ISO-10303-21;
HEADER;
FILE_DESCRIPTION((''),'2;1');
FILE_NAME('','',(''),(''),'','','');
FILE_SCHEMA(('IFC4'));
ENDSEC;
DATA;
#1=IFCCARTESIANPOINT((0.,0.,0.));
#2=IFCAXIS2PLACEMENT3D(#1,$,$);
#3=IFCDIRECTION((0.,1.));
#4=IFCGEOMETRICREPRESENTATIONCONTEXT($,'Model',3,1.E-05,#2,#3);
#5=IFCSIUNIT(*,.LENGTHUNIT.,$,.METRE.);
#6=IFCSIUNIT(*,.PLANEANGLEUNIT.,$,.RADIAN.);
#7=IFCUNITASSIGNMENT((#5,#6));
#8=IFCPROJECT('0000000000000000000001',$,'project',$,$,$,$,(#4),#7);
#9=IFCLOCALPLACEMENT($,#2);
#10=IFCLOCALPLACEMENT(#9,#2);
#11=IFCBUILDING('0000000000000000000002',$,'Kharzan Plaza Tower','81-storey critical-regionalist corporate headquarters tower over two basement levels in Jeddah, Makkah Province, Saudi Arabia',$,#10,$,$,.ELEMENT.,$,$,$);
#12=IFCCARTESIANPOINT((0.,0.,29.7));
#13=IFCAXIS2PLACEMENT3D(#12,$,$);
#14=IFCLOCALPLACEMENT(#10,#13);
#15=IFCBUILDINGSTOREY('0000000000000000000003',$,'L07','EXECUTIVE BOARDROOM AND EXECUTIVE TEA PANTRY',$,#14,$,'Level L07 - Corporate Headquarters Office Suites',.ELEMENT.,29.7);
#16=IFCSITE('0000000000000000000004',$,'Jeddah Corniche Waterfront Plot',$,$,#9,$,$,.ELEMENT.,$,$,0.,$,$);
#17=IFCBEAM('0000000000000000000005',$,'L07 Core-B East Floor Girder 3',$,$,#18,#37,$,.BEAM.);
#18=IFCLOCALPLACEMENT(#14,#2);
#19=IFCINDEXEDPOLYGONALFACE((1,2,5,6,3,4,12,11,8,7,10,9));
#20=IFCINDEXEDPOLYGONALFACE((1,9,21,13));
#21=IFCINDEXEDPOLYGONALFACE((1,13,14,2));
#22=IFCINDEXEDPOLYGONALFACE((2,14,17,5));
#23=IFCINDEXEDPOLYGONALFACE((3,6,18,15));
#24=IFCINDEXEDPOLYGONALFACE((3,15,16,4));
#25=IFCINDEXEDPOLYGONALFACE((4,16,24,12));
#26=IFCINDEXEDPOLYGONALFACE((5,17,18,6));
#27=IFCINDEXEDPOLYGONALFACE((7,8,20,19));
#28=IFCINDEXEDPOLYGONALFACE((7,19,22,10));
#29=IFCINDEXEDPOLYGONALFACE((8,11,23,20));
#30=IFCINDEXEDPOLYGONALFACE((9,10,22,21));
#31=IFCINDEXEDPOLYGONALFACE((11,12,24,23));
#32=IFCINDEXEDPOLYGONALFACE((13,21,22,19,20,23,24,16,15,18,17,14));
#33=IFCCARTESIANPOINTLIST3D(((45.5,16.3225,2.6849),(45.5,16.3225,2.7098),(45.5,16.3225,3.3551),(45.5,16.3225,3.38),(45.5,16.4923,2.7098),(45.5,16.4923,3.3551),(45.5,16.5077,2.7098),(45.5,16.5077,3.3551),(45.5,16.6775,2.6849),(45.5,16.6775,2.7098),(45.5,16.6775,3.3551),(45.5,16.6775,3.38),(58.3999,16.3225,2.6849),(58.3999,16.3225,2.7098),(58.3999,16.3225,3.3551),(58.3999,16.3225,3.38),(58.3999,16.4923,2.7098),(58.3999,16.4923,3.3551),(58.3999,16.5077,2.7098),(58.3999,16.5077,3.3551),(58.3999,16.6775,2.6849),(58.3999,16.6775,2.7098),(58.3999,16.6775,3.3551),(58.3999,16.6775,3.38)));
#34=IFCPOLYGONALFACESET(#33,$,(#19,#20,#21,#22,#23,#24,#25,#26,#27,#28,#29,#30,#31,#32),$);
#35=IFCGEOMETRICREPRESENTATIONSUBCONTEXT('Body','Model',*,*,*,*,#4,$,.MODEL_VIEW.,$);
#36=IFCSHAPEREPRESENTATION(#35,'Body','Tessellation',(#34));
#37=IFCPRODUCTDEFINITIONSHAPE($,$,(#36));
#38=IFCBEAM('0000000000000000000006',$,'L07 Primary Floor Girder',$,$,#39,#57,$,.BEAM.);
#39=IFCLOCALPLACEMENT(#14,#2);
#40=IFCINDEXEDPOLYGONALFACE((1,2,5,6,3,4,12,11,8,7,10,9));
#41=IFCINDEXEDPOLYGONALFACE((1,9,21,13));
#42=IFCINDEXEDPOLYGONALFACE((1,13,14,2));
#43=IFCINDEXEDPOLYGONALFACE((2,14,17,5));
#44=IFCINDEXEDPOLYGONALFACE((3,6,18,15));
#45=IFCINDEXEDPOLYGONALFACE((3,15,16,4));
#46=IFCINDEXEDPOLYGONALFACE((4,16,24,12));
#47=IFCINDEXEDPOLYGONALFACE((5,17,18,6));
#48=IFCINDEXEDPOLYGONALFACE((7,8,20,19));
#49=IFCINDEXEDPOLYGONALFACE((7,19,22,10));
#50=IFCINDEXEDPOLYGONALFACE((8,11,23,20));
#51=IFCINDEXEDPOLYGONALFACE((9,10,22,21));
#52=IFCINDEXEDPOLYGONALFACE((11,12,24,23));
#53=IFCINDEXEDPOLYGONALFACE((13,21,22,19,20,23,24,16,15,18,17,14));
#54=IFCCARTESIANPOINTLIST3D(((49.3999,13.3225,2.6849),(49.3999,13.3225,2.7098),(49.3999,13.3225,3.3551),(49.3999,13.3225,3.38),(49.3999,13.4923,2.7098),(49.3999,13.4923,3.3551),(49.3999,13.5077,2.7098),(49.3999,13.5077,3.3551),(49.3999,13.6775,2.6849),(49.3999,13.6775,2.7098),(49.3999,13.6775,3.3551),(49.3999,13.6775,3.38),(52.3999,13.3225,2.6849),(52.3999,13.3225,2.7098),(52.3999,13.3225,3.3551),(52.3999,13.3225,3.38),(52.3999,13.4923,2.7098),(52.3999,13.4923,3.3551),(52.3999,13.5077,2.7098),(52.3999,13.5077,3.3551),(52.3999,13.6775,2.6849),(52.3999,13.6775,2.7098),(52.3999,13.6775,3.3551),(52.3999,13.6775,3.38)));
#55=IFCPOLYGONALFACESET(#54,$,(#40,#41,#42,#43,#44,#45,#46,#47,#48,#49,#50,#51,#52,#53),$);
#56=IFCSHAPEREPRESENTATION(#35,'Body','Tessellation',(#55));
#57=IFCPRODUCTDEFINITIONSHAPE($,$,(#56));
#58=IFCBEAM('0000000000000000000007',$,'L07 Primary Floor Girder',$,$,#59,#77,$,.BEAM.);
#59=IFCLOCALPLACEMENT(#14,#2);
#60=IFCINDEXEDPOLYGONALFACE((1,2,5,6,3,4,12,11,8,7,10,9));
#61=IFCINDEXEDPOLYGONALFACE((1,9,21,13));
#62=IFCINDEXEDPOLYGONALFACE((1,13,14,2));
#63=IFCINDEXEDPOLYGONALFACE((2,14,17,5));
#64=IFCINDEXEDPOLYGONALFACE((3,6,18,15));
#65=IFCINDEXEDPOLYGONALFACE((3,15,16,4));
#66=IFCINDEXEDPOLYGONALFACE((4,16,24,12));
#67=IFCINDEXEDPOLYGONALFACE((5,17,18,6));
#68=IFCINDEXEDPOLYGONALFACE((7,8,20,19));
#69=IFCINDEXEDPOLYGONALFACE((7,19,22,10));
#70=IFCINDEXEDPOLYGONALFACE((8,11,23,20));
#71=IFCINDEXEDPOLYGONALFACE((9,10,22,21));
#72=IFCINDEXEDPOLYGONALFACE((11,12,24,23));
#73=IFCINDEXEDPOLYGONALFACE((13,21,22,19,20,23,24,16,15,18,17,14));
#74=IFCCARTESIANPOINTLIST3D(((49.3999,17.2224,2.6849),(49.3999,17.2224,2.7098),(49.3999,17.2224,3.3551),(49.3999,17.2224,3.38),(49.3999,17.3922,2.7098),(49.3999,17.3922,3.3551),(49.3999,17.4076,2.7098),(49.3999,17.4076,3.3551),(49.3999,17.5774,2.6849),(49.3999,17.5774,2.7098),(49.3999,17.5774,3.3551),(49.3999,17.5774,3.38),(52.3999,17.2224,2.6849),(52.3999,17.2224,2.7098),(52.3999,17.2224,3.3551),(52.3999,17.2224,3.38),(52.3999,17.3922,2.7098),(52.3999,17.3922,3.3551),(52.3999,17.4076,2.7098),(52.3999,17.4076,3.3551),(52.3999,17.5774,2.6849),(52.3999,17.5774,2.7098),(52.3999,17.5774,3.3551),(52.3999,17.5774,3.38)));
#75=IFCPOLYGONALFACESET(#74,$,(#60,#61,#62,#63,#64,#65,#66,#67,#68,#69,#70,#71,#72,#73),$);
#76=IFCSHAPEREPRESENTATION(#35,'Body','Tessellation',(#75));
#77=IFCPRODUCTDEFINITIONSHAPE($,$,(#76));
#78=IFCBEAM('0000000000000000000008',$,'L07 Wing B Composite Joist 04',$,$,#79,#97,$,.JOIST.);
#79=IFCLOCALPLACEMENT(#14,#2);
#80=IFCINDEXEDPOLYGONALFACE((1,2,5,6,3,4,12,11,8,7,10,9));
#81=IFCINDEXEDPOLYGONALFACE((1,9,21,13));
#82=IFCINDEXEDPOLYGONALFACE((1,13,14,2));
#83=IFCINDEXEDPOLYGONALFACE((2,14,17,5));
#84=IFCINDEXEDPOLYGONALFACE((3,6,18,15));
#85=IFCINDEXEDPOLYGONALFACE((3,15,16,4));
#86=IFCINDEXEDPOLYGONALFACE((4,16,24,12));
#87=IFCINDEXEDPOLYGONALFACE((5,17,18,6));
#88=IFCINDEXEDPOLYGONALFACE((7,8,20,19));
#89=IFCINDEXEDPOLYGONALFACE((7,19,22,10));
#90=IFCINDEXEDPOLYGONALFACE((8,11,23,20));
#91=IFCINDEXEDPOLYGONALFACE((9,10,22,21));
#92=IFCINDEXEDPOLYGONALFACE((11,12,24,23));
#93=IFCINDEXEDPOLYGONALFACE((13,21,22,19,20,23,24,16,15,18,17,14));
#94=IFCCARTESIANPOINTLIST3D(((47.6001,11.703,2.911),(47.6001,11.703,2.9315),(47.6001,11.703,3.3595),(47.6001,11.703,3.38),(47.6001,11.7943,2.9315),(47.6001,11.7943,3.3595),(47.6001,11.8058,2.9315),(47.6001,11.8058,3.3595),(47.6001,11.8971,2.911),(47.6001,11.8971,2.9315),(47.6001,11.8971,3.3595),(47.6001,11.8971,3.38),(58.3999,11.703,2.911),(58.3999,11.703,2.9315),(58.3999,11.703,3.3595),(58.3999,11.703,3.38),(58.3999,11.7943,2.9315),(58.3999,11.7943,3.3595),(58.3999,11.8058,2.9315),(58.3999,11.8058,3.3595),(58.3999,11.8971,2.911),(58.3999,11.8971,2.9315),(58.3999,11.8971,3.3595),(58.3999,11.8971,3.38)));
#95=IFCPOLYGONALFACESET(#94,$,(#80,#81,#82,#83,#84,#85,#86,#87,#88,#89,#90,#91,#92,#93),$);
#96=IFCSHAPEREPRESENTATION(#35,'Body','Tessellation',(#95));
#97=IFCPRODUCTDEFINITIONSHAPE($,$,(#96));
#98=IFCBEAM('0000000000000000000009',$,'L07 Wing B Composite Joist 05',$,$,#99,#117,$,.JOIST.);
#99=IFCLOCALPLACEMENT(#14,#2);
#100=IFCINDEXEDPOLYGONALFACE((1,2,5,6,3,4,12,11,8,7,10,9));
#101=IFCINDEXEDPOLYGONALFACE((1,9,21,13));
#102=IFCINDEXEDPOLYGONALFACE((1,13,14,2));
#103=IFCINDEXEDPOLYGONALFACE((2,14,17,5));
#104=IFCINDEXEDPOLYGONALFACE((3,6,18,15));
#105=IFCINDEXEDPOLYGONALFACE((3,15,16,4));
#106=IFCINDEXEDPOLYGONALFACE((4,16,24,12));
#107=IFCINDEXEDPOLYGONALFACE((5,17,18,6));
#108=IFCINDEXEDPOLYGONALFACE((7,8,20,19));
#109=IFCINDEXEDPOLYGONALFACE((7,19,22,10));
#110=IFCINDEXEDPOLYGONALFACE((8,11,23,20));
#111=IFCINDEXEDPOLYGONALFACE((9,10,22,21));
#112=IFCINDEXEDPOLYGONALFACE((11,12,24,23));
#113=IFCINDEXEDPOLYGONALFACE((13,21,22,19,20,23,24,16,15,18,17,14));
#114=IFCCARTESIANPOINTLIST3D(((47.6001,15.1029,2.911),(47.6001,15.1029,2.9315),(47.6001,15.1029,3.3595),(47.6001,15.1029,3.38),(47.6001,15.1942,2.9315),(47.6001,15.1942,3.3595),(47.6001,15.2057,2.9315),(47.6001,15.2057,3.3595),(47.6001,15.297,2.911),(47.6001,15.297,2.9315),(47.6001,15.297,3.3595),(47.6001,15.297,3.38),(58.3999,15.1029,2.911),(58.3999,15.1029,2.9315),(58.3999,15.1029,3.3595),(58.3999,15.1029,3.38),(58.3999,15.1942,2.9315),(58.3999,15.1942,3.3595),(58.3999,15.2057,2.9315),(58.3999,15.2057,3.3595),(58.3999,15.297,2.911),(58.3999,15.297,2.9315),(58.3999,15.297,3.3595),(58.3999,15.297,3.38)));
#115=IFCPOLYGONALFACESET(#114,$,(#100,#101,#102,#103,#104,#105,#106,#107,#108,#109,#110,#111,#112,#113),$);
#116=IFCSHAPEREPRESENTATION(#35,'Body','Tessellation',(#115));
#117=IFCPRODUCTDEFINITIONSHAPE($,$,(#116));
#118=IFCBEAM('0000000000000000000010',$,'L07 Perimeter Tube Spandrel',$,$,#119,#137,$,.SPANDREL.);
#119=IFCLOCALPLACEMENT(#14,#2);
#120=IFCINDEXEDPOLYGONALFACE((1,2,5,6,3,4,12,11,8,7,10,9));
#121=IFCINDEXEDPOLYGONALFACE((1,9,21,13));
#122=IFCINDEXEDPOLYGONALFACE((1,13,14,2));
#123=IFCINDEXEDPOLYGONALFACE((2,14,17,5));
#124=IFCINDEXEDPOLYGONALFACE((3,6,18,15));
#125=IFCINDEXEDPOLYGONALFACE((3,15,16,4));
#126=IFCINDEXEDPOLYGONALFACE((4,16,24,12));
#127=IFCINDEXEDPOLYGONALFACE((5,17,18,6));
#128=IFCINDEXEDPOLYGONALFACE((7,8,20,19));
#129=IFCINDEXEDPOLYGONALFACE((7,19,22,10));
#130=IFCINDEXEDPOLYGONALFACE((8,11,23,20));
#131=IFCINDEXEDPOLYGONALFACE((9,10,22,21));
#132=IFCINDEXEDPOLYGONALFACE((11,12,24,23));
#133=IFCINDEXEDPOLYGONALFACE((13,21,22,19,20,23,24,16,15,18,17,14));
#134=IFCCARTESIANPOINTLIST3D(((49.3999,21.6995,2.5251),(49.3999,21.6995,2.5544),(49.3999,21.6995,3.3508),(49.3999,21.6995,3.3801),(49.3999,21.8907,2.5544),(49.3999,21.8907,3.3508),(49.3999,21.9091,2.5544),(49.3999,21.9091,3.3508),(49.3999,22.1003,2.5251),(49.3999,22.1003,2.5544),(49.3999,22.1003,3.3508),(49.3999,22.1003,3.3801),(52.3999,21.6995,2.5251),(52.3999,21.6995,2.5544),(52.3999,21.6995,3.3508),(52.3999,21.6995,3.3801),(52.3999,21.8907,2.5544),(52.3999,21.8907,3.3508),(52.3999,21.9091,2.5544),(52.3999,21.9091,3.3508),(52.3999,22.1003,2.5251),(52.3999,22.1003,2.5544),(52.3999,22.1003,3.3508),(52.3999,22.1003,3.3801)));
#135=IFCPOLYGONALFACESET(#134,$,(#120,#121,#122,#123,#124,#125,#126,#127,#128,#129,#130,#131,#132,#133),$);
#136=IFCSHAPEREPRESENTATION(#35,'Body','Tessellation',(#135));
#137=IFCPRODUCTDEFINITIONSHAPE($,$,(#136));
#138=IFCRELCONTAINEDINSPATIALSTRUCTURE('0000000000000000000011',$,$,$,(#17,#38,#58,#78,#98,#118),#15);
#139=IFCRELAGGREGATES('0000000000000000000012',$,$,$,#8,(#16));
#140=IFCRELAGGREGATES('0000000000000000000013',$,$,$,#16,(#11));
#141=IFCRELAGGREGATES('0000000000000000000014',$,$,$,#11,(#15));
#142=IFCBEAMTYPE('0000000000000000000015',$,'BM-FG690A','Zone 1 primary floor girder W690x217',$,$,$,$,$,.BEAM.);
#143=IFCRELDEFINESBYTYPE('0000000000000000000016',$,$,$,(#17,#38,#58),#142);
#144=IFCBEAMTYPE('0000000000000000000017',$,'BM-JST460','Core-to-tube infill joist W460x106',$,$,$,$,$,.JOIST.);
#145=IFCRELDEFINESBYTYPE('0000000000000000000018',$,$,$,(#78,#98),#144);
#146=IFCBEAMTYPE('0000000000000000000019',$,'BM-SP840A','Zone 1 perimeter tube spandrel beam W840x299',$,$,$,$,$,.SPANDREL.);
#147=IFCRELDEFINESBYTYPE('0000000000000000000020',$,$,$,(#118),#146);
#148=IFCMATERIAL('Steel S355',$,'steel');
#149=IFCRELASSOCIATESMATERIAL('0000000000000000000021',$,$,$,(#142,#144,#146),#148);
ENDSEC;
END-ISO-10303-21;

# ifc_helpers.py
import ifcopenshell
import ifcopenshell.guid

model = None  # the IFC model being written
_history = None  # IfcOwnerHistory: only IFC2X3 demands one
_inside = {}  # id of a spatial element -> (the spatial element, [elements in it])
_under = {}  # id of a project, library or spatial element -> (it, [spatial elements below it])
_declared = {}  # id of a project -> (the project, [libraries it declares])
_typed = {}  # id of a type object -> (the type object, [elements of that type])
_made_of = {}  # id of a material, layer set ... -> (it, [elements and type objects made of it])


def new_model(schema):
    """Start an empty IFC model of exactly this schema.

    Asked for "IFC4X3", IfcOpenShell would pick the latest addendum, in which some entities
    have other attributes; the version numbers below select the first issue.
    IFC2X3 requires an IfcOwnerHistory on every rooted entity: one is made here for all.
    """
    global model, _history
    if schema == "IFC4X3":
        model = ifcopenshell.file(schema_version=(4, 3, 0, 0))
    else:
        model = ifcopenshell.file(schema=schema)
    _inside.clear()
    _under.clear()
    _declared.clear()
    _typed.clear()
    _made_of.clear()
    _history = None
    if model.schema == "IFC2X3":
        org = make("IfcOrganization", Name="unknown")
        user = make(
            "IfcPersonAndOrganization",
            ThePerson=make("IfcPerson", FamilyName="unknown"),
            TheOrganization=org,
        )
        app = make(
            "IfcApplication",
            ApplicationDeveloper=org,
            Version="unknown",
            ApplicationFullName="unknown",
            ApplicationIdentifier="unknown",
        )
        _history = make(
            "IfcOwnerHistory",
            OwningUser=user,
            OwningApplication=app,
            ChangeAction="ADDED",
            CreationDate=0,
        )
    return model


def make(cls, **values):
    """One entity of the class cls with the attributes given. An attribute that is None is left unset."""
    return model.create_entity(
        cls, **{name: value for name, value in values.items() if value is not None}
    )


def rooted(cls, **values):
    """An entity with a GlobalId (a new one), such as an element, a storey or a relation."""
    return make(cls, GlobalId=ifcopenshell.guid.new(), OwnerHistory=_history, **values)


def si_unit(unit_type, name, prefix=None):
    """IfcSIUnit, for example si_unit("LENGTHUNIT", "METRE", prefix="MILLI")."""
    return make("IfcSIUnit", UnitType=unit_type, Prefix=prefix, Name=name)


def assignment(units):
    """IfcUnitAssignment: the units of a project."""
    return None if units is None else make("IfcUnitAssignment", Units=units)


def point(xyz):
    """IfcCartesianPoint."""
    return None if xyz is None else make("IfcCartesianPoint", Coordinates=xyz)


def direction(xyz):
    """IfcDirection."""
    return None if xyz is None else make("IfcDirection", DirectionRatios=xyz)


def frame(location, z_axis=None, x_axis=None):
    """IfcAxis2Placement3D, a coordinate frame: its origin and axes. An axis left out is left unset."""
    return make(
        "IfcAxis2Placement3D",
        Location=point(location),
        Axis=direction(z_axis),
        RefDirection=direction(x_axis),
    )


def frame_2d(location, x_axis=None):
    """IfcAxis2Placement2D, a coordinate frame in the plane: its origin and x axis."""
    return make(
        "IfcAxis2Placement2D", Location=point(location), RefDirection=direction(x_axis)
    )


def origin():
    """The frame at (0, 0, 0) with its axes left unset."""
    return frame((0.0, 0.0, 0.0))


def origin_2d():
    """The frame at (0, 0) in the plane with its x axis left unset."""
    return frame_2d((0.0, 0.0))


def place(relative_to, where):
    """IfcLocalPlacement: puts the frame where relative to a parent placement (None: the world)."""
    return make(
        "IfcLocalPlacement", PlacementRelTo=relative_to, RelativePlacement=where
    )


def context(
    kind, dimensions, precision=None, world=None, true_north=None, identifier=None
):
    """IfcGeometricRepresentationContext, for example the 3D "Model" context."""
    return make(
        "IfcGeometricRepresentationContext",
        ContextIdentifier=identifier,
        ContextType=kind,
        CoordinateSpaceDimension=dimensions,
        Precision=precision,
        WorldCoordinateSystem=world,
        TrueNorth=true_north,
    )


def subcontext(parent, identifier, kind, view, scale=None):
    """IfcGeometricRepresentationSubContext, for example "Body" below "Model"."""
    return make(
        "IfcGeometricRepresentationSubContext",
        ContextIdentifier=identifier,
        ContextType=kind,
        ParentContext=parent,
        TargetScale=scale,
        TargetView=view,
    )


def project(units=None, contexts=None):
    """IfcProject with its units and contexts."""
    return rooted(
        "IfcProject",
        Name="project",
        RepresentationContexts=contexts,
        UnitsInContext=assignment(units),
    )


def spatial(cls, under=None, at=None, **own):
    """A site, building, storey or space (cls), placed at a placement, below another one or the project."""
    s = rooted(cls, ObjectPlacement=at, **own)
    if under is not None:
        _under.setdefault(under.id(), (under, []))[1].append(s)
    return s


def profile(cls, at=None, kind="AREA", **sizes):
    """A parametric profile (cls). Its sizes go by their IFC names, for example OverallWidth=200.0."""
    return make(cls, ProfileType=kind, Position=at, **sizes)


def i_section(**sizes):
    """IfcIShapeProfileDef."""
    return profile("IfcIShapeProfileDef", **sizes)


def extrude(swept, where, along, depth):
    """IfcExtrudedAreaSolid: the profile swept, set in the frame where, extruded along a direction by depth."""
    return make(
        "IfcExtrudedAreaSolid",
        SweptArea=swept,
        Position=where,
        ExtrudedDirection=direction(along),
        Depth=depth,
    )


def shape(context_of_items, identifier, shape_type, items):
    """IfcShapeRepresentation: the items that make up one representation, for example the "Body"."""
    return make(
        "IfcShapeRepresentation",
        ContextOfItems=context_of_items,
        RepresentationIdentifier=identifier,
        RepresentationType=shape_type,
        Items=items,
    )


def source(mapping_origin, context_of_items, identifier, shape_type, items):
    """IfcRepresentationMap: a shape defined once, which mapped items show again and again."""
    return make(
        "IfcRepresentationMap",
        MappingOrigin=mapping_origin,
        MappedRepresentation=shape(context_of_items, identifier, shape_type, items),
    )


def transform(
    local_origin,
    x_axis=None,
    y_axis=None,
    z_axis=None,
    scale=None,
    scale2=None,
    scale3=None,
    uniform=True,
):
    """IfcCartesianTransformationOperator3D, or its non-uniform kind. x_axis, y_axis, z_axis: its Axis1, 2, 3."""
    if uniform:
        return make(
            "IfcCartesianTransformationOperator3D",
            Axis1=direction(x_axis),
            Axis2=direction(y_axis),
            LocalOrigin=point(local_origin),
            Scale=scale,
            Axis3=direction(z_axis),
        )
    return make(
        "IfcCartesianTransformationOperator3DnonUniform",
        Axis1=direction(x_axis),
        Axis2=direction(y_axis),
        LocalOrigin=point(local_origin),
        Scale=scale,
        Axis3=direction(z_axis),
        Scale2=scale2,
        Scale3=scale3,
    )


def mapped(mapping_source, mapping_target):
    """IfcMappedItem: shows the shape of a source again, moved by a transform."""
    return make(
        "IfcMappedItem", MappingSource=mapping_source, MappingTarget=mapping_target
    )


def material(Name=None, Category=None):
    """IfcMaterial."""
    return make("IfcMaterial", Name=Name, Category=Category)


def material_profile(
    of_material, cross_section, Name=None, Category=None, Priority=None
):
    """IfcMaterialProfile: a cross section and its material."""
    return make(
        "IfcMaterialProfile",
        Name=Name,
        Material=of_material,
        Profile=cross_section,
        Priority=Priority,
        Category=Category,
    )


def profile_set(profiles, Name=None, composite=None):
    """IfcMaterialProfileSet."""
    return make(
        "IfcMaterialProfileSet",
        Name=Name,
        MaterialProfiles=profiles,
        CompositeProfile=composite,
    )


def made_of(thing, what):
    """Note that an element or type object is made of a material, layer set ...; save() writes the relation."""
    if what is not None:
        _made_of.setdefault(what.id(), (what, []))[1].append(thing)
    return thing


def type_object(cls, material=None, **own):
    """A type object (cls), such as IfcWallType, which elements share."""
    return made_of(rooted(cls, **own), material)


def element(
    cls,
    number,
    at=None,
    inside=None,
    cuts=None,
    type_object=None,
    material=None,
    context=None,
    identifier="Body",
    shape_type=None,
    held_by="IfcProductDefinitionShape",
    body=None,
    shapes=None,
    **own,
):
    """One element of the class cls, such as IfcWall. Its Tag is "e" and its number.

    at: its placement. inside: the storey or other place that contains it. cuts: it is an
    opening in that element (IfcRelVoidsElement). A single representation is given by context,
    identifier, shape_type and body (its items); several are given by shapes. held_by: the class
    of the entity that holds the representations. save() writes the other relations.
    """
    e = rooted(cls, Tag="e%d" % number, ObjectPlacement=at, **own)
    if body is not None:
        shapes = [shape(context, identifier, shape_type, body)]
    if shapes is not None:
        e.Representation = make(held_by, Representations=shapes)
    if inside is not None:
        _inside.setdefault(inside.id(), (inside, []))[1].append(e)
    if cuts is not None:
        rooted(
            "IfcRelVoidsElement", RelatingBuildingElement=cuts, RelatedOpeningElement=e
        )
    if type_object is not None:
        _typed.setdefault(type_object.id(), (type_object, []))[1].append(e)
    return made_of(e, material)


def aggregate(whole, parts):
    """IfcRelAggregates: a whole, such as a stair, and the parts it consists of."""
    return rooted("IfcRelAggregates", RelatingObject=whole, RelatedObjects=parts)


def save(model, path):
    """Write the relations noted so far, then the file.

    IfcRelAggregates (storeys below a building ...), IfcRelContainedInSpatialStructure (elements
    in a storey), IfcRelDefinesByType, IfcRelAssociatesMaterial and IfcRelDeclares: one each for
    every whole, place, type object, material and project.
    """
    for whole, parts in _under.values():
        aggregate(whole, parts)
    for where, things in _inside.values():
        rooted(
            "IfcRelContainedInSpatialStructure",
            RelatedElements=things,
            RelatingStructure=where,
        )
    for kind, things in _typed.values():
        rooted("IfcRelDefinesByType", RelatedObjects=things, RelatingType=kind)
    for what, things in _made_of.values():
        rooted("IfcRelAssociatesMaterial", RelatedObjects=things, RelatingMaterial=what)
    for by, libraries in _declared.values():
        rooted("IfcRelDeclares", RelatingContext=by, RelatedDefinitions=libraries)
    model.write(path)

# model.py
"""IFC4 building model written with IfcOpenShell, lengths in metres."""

from ifc_helpers import new_model, si_unit, direction, frame, origin, origin_2d, place, context, subcontext, project, spatial, i_section, extrude, source, transform, mapped, material, material_profile, profile_set, type_object, element, save


model = new_model("IFC4")

# Units and contexts
model_context = context("Model", 3, precision=1e-05, world=origin(), true_north=direction((0.0, 1.0)))
body_context = subcontext(model_context, "Body", "Model", "MODEL_VIEW")
ifc_project = project(units=[si_unit("LENGTHUNIT", "METRE"), si_unit("PLANEANGLEUNIT", "RADIAN")], contexts=[model_context])

# Site, building, storey
site_placement = place(None, origin())
site = spatial("IfcSite", under=ifc_project, at=site_placement, Name="Jeddah Corniche Waterfront Plot", CompositionType="ELEMENT", RefElevation=0.0)
building_placement = place(site_placement, origin())
building = spatial("IfcBuilding", under=site, at=building_placement, Name="Kharzan Plaza Tower", Description="81-storey critical-regionalist corporate headquarters tower over two basement levels in Jeddah, Makkah Province, Saudi Arabia", CompositionType="ELEMENT")
storey_placement = place(building_placement, frame((0.0, 0.0, 29.7)))
storey = spatial("IfcBuildingStorey", under=building, at=storey_placement, Name="L07", Description="EXECUTIVE BOARDROOM AND EXECUTIVE TEA PANTRY", LongName="Level L07 - Corporate Headquarters Office Suites", CompositionType="ELEMENT", Elevation=29.7)

# Beams
ifc_material_1 = material(Name="Steel S355", Category="steel")
ifc_material_profile_1 = material_profile(ifc_material_1, i_section(OverallWidth=0.355, OverallDepth=0.6951, WebThickness=0.0154, FlangeThickness=0.0249, at=origin_2d()), Name="W690x217")
ifc_profile_set_1 = profile_set([ifc_material_profile_1], Name="Steel S355")
beam_type_1 = type_object("IfcBeamType", Name="BM-FG690A", Description="Zone 1 primary floor girder W690x217", PredefinedType="BEAM", material=ifc_profile_set_1)
shared_shape_1 = source(origin(), body_context, "Body", "SweptSolid", [
    extrude(i_section(OverallWidth=0.355, OverallDepth=0.6951, WebThickness=0.0154, FlangeThickness=0.0249, at=origin_2d()), origin(), (0.0, 0.0, 1.0), 12.8999),
])
beam_1_placement = place(storey_placement, frame((45.5, 16.5, 3.0325), z_axis=(1.0, 0.0, 0.0), x_axis=(0.0, 1.0, 0.0)))
element("IfcBeam", 1, at=beam_1_placement, inside=storey, type_object=beam_type_1, Name="L07 Core-B East Floor Girder 3", PredefinedType="BEAM", context=body_context, shape_type="MappedRepresentation", body=[
    mapped(shared_shape_1, transform((0.0, 0.0, 0.0), x_axis=(1.0, 0.0, 0.0), y_axis=(0.0, 1.0, 0.0), z_axis=(0.0, 0.0, 1.0))),
])
shared_shape_2 = source(origin(), body_context, "Body", "SweptSolid", [
    extrude(i_section(OverallWidth=0.355, OverallDepth=0.6951, WebThickness=0.0154, FlangeThickness=0.0249, at=origin_2d()), origin(), (0.0, 0.0, 1.0), 3.0),
])
for number, where, z_axis, x_axis, name in (
    (2, (49.3999, 13.5, 3.0325), (1.0, 0.0, 0.0), (0.0, 1.0, 0.0), "L07 Primary Floor Girder"),
    (3, (49.3999, 17.3999, 3.0325), (1.0, 0.0, 0.0), (0.0, 1.0, 0.0), "L07 Primary Floor Girder"),
):
    element("IfcBeam", number, at=place(storey_placement, frame(where, z_axis=z_axis, x_axis=x_axis)), inside=storey, type_object=beam_type_1, Name=name, PredefinedType="BEAM", context=body_context, shape_type="MappedRepresentation", body=[
        mapped(shared_shape_2, transform((0.0, 0.0, 0.0), x_axis=(1.0, 0.0, 0.0), y_axis=(0.0, 1.0, 0.0), z_axis=(0.0, 0.0, 1.0))),
    ])
ifc_material_profile_2 = material_profile(ifc_material_1, i_section(OverallWidth=0.1941, OverallDepth=0.469, WebThickness=0.0115, FlangeThickness=0.0205, at=origin_2d()), Name="W460x106")
ifc_profile_set_2 = profile_set([ifc_material_profile_2], Name="Steel S355")
beam_type_2 = type_object("IfcBeamType", Name="BM-JST460", Description="Core-to-tube infill joist W460x106", PredefinedType="JOIST", material=ifc_profile_set_2)
shared_shape_3 = source(origin(), body_context, "Body", "SweptSolid", [
    extrude(i_section(OverallWidth=0.1941, OverallDepth=0.469, WebThickness=0.0115, FlangeThickness=0.0205, at=origin_2d()), origin(), (0.0, 0.0, 1.0), 10.7998),
])
for number, where, z_axis, x_axis, name in (
    (4, (47.6001, 11.8, 3.1455), (1.0, 0.0, 0.0), (0.0, 1.0, 0.0), "L07 Wing B Composite Joist 04"),
    (5, (47.6001, 15.2, 3.1455), (1.0, 0.0, 0.0), (0.0, 1.0, 0.0), "L07 Wing B Composite Joist 05"),
):
    element("IfcBeam", number, at=place(storey_placement, frame(where, z_axis=z_axis, x_axis=x_axis)), inside=storey, type_object=beam_type_2, Name=name, PredefinedType="JOIST", context=body_context, shape_type="MappedRepresentation", body=[
        mapped(shared_shape_3, transform((0.0, 0.0, 0.0), x_axis=(1.0, 0.0, 0.0), y_axis=(0.0, 1.0, 0.0), z_axis=(0.0, 0.0, 1.0))),
    ])
ifc_material_profile_3 = material_profile(ifc_material_1, i_section(OverallWidth=0.4009, OverallDepth=0.855, WebThickness=0.0183, FlangeThickness=0.0293, at=origin_2d()), Name="W840x299")
ifc_profile_set_3 = profile_set([ifc_material_profile_3], Name="Steel S355")
beam_type_3 = type_object("IfcBeamType", Name="BM-SP840A", Description="Zone 1 perimeter tube spandrel beam W840x299", PredefinedType="SPANDREL", material=ifc_profile_set_3)
shared_shape_4 = source(origin(), body_context, "Body", "SweptSolid", [
    extrude(i_section(OverallWidth=0.4009, OverallDepth=0.855, WebThickness=0.0183, FlangeThickness=0.0293, at=origin_2d()), origin(), (0.0, 0.0, 1.0), 3.0),
])
beam_2_placement = place(storey_placement, frame((49.3999, 21.8999, 2.9526), z_axis=(1.0, 0.0, 0.0), x_axis=(0.0, 1.0, 0.0)))
element("IfcBeam", 6, at=beam_2_placement, inside=storey, type_object=beam_type_3, Name="L07 Perimeter Tube Spandrel", PredefinedType="SPANDREL", context=body_context, shape_type="MappedRepresentation", body=[
    mapped(shared_shape_4, transform((0.0, 0.0, 0.0), x_axis=(1.0, 0.0, 0.0), y_axis=(0.0, 1.0, 0.0), z_axis=(0.0, 0.0, 1.0))),
])

save(model, "model.ifc")
